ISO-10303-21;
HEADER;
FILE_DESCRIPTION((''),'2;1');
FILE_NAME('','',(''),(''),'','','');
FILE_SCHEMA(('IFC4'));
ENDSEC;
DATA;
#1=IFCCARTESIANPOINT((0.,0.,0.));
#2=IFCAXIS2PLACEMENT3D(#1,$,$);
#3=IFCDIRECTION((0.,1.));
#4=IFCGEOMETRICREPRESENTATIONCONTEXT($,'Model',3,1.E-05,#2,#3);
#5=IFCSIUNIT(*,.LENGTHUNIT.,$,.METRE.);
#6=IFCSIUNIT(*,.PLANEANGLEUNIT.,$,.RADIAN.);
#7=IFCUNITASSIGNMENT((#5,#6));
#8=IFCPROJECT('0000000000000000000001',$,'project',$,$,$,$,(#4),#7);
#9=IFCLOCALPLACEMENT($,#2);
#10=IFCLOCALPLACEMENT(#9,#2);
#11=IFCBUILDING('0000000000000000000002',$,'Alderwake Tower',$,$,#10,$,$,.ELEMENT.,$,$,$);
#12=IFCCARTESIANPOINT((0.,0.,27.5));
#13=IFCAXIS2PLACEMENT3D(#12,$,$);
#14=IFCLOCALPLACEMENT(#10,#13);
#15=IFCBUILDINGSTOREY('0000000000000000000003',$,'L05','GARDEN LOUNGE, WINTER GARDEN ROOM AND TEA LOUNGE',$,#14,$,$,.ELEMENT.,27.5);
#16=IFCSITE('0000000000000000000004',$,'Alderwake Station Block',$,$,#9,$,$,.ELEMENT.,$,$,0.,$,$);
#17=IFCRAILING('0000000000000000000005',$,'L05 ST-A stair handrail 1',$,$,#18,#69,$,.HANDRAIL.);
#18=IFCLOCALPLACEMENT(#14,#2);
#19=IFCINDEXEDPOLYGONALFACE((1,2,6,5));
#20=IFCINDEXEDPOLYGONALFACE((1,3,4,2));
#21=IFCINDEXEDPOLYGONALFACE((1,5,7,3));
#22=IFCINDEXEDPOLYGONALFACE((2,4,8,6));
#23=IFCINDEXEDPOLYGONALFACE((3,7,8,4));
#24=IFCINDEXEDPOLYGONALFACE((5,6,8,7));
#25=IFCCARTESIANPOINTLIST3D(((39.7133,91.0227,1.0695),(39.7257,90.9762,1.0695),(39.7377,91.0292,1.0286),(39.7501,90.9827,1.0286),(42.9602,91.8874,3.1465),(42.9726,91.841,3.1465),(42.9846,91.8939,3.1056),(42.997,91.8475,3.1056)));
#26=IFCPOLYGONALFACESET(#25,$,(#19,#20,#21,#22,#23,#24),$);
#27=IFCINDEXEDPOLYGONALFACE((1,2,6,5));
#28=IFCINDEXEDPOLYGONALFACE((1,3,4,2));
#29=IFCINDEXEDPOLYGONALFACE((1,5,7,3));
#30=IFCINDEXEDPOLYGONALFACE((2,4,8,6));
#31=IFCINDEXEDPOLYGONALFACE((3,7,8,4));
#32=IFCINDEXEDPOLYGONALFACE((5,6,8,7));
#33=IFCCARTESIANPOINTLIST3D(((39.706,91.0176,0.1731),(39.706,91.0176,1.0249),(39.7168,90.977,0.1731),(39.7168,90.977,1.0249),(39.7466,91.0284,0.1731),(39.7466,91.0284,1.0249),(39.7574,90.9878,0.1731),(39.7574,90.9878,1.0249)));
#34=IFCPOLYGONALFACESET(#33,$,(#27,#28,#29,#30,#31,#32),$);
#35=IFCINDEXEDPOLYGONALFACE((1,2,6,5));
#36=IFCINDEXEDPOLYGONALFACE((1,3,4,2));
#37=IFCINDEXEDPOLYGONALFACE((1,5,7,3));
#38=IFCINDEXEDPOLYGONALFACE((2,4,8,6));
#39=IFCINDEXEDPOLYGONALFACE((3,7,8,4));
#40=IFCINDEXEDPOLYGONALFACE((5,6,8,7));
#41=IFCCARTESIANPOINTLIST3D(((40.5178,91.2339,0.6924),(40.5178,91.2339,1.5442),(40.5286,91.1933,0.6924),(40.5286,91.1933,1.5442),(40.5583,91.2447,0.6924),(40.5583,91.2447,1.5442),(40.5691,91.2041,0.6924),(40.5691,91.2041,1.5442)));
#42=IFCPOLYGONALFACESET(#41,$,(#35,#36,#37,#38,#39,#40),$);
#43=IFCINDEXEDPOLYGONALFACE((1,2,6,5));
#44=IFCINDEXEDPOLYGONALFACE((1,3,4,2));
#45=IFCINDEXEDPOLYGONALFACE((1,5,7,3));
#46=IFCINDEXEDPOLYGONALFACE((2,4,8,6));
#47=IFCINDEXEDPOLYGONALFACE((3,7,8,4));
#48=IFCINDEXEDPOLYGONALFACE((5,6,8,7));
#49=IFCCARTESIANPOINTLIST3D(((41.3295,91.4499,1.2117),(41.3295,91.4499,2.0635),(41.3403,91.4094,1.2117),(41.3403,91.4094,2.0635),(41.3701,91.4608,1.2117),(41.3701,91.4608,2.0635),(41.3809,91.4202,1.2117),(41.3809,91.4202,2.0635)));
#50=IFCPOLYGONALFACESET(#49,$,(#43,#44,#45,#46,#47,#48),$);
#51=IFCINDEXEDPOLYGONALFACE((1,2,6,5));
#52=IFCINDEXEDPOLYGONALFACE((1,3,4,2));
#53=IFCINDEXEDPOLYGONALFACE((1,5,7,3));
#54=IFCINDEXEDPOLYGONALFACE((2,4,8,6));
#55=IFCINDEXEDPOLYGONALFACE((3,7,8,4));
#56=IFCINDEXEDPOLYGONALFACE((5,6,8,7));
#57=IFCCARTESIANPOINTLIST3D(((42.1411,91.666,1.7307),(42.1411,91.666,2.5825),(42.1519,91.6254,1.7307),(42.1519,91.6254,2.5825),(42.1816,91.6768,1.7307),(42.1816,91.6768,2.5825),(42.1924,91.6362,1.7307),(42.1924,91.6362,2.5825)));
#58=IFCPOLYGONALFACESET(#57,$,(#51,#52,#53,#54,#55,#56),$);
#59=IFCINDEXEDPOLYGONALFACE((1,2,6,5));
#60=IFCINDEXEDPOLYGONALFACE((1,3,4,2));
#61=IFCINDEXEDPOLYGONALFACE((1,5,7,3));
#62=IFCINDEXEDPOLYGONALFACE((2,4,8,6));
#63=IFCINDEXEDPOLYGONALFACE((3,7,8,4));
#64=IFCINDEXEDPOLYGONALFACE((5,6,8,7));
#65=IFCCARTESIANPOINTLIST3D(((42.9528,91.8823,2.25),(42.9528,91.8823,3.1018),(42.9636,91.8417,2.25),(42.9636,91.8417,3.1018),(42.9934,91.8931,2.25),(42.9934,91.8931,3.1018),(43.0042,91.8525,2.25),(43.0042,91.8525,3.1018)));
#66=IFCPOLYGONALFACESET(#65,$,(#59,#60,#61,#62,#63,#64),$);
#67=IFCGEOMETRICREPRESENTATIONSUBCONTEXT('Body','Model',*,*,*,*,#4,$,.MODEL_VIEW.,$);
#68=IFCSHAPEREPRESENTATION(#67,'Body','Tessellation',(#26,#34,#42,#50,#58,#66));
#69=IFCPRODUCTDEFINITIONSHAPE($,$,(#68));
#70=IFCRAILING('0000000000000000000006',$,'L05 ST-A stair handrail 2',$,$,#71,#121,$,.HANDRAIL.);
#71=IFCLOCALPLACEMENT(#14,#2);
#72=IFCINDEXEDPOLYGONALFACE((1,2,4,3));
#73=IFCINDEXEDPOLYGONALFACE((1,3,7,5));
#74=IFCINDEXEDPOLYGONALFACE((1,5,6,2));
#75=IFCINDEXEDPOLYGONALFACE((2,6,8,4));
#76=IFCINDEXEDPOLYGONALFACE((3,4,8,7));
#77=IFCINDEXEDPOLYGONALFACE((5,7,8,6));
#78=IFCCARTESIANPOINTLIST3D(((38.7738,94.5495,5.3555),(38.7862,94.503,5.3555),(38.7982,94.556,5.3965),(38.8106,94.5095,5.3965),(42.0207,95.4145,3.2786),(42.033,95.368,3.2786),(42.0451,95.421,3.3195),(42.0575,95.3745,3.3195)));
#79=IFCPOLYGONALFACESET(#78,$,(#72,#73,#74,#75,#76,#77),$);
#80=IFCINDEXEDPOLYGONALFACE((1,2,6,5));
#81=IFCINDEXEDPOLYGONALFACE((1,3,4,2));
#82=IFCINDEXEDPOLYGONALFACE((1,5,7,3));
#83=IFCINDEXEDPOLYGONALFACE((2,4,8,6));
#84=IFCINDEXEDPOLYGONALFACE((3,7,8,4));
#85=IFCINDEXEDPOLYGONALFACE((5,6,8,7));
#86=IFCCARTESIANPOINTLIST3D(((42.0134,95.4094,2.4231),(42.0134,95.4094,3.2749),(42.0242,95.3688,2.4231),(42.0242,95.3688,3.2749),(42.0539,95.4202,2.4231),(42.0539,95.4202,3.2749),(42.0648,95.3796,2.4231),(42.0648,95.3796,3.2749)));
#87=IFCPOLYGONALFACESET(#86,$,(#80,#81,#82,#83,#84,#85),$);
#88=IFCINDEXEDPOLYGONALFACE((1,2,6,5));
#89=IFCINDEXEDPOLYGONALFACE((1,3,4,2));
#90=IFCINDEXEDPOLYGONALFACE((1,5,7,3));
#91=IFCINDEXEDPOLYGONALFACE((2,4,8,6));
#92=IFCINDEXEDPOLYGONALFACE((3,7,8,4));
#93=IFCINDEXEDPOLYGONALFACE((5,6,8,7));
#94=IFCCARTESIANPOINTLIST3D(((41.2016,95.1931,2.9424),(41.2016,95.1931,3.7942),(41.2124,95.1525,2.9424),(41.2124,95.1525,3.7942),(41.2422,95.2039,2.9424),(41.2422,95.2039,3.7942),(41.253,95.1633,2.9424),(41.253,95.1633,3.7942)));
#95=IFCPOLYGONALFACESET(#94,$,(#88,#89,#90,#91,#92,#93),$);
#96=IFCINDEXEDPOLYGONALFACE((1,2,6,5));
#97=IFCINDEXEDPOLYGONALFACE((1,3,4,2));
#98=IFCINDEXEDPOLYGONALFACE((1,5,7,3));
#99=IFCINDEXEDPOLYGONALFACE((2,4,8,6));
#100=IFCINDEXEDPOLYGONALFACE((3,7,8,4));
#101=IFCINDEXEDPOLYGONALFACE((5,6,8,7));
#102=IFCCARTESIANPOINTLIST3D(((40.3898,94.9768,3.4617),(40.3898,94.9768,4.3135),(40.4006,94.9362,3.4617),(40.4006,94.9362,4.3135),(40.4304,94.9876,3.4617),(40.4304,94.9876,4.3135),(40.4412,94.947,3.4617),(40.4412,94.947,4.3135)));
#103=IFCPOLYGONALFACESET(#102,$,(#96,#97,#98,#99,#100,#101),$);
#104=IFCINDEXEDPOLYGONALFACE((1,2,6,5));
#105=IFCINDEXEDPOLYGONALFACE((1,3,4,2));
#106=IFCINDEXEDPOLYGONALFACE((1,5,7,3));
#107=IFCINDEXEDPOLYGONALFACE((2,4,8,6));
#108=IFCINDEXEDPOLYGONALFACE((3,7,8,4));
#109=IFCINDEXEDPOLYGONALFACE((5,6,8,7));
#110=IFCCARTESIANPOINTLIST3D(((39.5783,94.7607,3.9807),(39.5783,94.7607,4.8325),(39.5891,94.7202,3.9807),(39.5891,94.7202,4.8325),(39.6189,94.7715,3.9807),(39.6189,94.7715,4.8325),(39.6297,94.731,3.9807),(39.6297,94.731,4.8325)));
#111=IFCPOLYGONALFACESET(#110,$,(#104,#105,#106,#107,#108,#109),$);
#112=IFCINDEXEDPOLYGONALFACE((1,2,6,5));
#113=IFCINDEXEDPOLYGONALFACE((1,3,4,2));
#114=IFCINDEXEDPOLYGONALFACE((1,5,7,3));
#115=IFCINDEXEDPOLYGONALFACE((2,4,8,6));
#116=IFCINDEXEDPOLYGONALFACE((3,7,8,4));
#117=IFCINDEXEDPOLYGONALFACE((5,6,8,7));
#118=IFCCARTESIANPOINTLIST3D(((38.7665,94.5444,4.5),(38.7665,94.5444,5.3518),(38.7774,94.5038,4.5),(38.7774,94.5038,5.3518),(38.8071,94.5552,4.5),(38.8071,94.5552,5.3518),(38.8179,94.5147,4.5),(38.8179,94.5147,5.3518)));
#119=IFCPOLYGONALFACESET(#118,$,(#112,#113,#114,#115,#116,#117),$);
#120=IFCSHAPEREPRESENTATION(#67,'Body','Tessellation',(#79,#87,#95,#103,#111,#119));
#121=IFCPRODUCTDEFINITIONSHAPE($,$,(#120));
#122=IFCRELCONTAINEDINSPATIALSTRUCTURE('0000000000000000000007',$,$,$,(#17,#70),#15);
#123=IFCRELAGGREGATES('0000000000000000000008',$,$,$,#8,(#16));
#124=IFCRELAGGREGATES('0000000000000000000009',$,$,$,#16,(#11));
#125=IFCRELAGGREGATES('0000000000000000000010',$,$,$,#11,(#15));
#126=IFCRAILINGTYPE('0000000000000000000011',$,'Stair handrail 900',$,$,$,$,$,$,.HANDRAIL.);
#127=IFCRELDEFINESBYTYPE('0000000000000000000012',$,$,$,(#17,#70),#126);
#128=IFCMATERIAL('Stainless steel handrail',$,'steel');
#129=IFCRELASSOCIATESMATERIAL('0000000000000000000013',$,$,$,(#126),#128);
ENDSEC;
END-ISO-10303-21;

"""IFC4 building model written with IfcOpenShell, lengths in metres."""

from ifc_helpers import new_model, si_unit, direction, frame, origin, origin_2d, place, context, subcontext, project, spatial, rectangle, extrude, material, type_object, element, save


model = new_model("IFC4")

# Units and contexts
model_context = context("Model", 3, precision=1e-05, world=origin(), true_north=direction((0.0, 1.0)))
body_context = subcontext(model_context, "Body", "Model", "MODEL_VIEW")
ifc_project = project(units=[si_unit("LENGTHUNIT", "METRE"), si_unit("PLANEANGLEUNIT", "RADIAN")], contexts=[model_context])

# Site, building, storey
site_placement = place(None, origin())
site = spatial("IfcSite", under=ifc_project, at=site_placement, Name="Alderwake Station Block", CompositionType="ELEMENT", RefElevation=0.0)
building_placement = place(site_placement, origin())
building = spatial("IfcBuilding", under=site, at=building_placement, Name="Alderwake Tower", CompositionType="ELEMENT")
storey_placement = place(building_placement, frame((0.0, 0.0, 27.5)))
storey = spatial("IfcBuildingStorey", under=building, at=storey_placement, Name="L05", Description="GARDEN LOUNGE, WINTER GARDEN ROOM AND TEA LOUNGE", CompositionType="ELEMENT", Elevation=27.5)

# Railings
ifc_material_1 = material(Name="Stainless steel handrail", Category="steel")
railing_type_1 = type_object("IfcRailingType", Name="Stair handrail 900", PredefinedType="HANDRAIL", material=ifc_material_1)
railing_1_placement = place(storey_placement, frame((39.7317, 91.0027, 0.1731)))
element("IfcRailing", 1, at=railing_1_placement, inside=storey, type_object=railing_type_1, Name="L05 ST-A stair handrail 1", PredefinedType="HANDRAIL", context=body_context, shape_type="SweptSolid", body=[
    extrude(rectangle(XDim=0.0481, YDim=0.0481, at=origin_2d()), frame((0.0, 0.0, 0.876), z_axis=(0.821963, 0.218918, 0.525787), x_axis=(-0.257364, 0.966314, 0.0)), (0.0, 0.0, 1.0), 3.9502),
    extrude(rectangle(XDim=0.042, YDim=0.042, at=origin_2d()), frame((0.0, 0.0, 0.0), z_axis=(0.0, 0.0, 1.0), x_axis=(0.966314, 0.257364, 0.0)), (0.0, 0.0, 1.0), 0.8518),
    extrude(rectangle(XDim=0.042, YDim=0.042, at=origin_2d()), frame((0.8118, 0.2163, 0.5193), z_axis=(0.0, 0.0, 1.0), x_axis=(0.966314, 0.257364, 0.0)), (0.0, 0.0, 1.0), 0.8518),
    extrude(rectangle(XDim=0.042, YDim=0.042, at=origin_2d()), frame((1.6235, 0.4324, 1.0386), z_axis=(0.0, 0.0, 1.0), x_axis=(0.966314, 0.257364, 0.0)), (0.0, 0.0, 1.0), 0.8518),
    extrude(rectangle(XDim=0.042, YDim=0.042, at=origin_2d()), frame((2.4351, 0.6484, 1.5576), z_axis=(0.0, 0.0, 1.0), x_axis=(0.966314, 0.257364, 0.0)), (0.0, 0.0, 1.0), 0.8518),
    extrude(rectangle(XDim=0.042, YDim=0.042, at=origin_2d()), frame((3.2468, 0.8647, 2.0769), z_axis=(0.0, 0.0, 1.0), x_axis=(0.966314, 0.257364, 0.0)), (0.0, 0.0, 1.0), 0.8518),
])
railing_2_placement = place(storey_placement, frame((42.0391, 95.3945, 2.4231)))
element("IfcRailing", 2, at=railing_2_placement, inside=storey, type_object=railing_type_1, Name="L05 ST-A stair handrail 2", PredefinedType="HANDRAIL", context=body_context, shape_type="SweptSolid", body=[
    extrude(rectangle(XDim=0.0481, YDim=0.0481, at=origin_2d()), frame((0.0, 0.0, 0.876), z_axis=(-0.821952, -0.218977, 0.52578), x_axis=(0.257432, -0.966296, 0.0)), (0.0, 0.0, 1.0), 3.9502),
    extrude(rectangle(XDim=0.042, YDim=0.042, at=origin_2d()), frame((0.0, 0.0, 0.0), z_axis=(0.0, 0.0, 1.0), x_axis=(-0.966296, -0.257432, 0.0)), (0.0, 0.0, 1.0), 0.8518),
    extrude(rectangle(XDim=0.042, YDim=0.042, at=origin_2d()), frame((-0.8118, -0.2163, 0.5193), z_axis=(0.0, 0.0, 1.0), x_axis=(-0.966296, -0.257432, 0.0)), (0.0, 0.0, 1.0), 0.8518),
    extrude(rectangle(XDim=0.042, YDim=0.042, at=origin_2d()), frame((-1.6235, -0.4326, 1.0386), z_axis=(0.0, 0.0, 1.0), x_axis=(-0.966296, -0.257432, 0.0)), (0.0, 0.0, 1.0), 0.8518),
    extrude(rectangle(XDim=0.042, YDim=0.042, at=origin_2d()), frame((-2.4351, -0.6487, 1.5576), z_axis=(0.0, 0.0, 1.0), x_axis=(-0.966296, -0.257432, 0.0)), (0.0, 0.0, 1.0), 0.8518),
    extrude(rectangle(XDim=0.042, YDim=0.042, at=origin_2d()), frame((-3.2468, -0.865, 2.0769), z_axis=(0.0, 0.0, 1.0), x_axis=(-0.966296, -0.257432, 0.0)), (0.0, 0.0, 1.0), 0.8518),
])

save(model, "model.ifc")
